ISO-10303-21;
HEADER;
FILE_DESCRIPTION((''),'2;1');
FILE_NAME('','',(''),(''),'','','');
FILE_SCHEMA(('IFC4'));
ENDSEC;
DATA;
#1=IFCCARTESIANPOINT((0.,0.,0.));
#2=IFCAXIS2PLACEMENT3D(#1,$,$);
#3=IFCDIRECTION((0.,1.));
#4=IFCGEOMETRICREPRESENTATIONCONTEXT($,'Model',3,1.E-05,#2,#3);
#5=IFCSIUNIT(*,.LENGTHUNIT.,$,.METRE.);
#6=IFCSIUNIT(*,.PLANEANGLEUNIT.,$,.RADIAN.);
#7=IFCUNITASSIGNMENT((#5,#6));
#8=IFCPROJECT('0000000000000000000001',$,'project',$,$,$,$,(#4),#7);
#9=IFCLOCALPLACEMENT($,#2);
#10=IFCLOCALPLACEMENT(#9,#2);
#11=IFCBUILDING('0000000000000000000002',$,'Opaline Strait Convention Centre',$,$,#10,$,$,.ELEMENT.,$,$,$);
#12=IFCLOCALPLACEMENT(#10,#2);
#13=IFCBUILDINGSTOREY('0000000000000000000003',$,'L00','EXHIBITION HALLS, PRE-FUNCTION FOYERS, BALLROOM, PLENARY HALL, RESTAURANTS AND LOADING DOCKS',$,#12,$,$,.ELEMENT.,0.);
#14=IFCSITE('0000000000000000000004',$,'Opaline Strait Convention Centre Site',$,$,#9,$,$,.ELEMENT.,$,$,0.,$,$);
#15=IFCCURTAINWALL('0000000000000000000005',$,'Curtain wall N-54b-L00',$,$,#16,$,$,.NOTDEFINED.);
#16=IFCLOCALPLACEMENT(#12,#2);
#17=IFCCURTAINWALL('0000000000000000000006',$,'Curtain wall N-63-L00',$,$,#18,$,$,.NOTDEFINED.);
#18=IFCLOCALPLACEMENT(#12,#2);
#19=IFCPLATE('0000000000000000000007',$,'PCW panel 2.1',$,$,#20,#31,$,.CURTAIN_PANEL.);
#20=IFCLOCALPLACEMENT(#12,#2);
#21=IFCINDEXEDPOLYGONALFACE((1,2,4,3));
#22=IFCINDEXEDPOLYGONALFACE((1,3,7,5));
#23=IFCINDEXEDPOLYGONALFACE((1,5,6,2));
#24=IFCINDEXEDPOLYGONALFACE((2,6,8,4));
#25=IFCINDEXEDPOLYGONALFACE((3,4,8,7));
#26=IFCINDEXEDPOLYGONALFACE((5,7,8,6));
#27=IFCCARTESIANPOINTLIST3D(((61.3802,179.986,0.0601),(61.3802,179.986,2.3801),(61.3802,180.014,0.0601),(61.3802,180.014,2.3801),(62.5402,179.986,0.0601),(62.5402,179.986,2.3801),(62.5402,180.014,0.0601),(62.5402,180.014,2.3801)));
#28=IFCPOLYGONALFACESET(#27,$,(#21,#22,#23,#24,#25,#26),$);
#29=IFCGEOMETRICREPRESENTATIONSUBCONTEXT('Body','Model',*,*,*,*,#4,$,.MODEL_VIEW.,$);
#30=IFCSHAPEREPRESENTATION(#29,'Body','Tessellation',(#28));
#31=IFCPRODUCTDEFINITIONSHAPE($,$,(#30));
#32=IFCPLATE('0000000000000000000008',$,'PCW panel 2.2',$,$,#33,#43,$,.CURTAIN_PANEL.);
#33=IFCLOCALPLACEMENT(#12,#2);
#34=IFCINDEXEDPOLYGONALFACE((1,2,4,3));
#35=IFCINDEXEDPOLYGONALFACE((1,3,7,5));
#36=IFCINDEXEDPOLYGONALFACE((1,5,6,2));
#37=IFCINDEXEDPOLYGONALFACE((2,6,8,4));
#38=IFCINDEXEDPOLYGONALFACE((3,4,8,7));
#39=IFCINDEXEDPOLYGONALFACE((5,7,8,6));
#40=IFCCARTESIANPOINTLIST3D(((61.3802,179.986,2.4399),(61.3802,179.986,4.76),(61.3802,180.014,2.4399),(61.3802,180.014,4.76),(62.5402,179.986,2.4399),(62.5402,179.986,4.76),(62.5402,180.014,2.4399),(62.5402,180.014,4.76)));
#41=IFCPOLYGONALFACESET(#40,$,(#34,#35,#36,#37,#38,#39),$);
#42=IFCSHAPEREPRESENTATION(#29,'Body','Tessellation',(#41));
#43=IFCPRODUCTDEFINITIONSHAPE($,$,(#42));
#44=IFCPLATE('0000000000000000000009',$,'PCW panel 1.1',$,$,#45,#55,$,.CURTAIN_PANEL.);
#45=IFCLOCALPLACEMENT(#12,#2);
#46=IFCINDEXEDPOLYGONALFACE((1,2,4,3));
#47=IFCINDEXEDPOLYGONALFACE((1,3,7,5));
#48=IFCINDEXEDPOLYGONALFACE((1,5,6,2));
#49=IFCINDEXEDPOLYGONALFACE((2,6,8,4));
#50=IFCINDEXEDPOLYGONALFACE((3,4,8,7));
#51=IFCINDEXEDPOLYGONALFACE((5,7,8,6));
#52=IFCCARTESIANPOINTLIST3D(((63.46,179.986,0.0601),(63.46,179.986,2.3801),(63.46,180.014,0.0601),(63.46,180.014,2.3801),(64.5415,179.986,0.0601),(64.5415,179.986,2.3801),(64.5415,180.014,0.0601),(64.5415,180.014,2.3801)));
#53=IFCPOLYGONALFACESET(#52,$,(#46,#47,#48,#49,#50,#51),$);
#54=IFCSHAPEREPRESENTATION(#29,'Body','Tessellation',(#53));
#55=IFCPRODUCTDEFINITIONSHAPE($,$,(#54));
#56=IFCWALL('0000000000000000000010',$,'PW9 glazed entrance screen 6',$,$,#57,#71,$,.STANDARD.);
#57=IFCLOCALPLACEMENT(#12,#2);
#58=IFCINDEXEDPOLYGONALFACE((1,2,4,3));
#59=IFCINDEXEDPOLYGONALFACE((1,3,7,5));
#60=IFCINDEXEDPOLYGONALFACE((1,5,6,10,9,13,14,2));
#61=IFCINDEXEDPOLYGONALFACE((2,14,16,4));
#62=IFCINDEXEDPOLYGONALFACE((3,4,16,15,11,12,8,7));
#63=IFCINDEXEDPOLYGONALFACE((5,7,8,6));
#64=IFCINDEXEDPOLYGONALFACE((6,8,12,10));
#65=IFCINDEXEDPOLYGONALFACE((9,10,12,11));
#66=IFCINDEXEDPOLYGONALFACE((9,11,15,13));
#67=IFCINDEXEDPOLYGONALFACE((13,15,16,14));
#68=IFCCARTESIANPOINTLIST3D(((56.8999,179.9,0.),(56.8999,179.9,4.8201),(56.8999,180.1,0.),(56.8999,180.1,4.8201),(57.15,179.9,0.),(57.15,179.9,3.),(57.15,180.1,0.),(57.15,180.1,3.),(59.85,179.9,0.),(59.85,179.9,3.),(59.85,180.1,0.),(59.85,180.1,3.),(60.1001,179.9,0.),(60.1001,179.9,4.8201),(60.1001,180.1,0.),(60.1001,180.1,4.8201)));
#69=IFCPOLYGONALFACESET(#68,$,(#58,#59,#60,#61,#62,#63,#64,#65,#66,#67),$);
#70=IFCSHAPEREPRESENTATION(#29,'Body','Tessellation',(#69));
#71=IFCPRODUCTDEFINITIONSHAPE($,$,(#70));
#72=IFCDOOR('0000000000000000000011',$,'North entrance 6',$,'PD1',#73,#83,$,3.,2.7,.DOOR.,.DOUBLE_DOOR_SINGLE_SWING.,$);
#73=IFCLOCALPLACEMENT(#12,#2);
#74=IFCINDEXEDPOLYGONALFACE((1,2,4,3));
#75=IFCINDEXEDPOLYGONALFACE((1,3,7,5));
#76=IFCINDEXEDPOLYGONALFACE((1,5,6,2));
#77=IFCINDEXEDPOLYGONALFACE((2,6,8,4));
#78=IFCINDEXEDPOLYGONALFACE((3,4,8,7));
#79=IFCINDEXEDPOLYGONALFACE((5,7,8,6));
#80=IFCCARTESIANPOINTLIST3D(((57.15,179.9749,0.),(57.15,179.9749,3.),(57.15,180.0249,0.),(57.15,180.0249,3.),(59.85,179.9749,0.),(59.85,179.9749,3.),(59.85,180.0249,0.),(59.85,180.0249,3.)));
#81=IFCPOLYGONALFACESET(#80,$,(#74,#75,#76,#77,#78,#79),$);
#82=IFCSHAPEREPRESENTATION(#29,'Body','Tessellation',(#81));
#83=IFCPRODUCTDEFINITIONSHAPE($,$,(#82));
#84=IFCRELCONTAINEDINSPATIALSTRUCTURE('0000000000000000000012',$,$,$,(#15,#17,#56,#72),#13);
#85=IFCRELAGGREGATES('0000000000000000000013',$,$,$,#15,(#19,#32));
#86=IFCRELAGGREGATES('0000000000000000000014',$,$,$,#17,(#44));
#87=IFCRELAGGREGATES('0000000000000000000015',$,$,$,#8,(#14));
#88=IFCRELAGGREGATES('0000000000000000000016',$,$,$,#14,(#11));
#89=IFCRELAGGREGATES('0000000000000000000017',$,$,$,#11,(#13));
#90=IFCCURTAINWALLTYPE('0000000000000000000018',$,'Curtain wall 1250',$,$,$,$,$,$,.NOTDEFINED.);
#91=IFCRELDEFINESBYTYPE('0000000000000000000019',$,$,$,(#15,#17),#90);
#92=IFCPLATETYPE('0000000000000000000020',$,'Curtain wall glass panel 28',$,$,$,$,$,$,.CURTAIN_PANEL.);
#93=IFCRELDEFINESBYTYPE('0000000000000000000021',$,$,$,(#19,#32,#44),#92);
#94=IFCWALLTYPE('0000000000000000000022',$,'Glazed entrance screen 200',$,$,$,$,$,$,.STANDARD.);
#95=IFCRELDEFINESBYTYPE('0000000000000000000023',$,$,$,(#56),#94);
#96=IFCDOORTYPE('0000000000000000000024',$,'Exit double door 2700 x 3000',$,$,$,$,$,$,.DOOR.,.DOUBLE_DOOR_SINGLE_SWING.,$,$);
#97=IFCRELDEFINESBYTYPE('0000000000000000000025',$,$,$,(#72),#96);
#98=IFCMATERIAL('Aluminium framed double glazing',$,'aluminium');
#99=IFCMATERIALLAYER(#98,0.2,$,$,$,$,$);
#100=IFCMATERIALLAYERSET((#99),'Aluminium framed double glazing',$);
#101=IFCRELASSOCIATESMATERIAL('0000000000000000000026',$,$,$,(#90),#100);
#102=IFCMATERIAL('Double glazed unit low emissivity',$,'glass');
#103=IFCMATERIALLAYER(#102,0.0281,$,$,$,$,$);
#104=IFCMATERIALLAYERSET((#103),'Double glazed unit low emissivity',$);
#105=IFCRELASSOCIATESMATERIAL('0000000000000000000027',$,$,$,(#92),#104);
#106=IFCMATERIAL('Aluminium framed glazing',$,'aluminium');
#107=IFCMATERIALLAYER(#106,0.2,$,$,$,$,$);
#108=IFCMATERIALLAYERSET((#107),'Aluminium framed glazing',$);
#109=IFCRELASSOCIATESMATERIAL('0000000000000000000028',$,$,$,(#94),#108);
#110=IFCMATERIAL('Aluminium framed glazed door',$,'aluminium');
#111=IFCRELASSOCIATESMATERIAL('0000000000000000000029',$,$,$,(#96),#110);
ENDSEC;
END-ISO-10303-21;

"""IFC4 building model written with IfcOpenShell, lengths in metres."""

from ifc_helpers import new_model, si_unit, direction, frame, frame_2d, origin, origin_2d, place, context, subcontext, project, spatial, rectangle, extrude, material, layer, layer_set, type_object, element, fill, aggregate, save


model = new_model("IFC4")

# Units and contexts
model_context = context("Model", 3, precision=1e-05, world=origin(), true_north=direction((0.0, 1.0)))
body_context = subcontext(model_context, "Body", "Model", "MODEL_VIEW")
ifc_project = project(units=[si_unit("LENGTHUNIT", "METRE"), si_unit("PLANEANGLEUNIT", "RADIAN")], contexts=[model_context])

# Site, building, storey
site_placement = place(None, origin())
site = spatial("IfcSite", under=ifc_project, at=site_placement, Name="Opaline Strait Convention Centre Site", CompositionType="ELEMENT", RefElevation=0.0)
building_placement = place(site_placement, origin())
building = spatial("IfcBuilding", under=site, at=building_placement, Name="Opaline Strait Convention Centre", CompositionType="ELEMENT")
storey_placement = place(building_placement, origin())
storey = spatial("IfcBuildingStorey", under=building, at=storey_placement, Name="L00", Description="EXHIBITION HALLS, PRE-FUNCTION FOYERS, BALLROOM, PLENARY HALL, RESTAURANTS AND LOADING DOCKS", CompositionType="ELEMENT", Elevation=0.0)

# Shared definitions
ifc_material_1 = material(Name="Aluminium framed double glazing", Category="aluminium")
ifc_layer_1 = layer(ifc_material_1, 0.2)
ifc_layer_set_1 = layer_set([ifc_layer_1], Name="Aluminium framed double glazing")
curtain_wall_type = type_object("IfcCurtainWallType", Name="Curtain wall 1250", PredefinedType="NOTDEFINED", material=ifc_layer_set_1)

# Curtain wall
curtain_wall_1_placement = place(storey_placement, origin())
curtain_wall_1 = element("IfcCurtainWall", 1, at=curtain_wall_1_placement, inside=storey, type_object=curtain_wall_type, Name="Curtain wall N-54b-L00", PredefinedType="NOTDEFINED")

# Curtain wall
curtain_wall_2_placement = place(storey_placement, origin())
curtain_wall_2 = element("IfcCurtainWall", 2, at=curtain_wall_2_placement, inside=storey, type_object=curtain_wall_type, Name="Curtain wall N-63-L00", PredefinedType="NOTDEFINED")

# Plates
ifc_material_2 = material(Name="Double glazed unit low emissivity", Category="glass")
ifc_layer_2 = layer(ifc_material_2, 0.0281)
ifc_layer_set_2 = layer_set([ifc_layer_2], Name="Double glazed unit low emissivity")
plate_type = type_object("IfcPlateType", Name="Curtain wall glass panel 28", PredefinedType="CURTAIN_PANEL", material=ifc_layer_set_2)
plate_1_placement = place(storey_placement, frame((61.9602, 180.0, 0.0601), z_axis=(0.0, 0.0, 1.0), x_axis=(1.0, 0.0, 0.0)))
plate_1 = element("IfcPlate", 3, at=plate_1_placement, type_object=plate_type, Name="PCW panel 2.1", PredefinedType="CURTAIN_PANEL", context=body_context, shape_type="SweptSolid", body=[
    extrude(rectangle(XDim=1.1599, YDim=0.0281, at=origin_2d()), origin(), (0.0, 0.0, 1.0), 2.3201),
])
plate_2_placement = place(storey_placement, frame((61.9602, 180.0, 2.4399), z_axis=(0.0, 0.0, 1.0), x_axis=(1.0, 0.0, 0.0)))
plate_2 = element("IfcPlate", 4, at=plate_2_placement, type_object=plate_type, Name="PCW panel 2.2", PredefinedType="CURTAIN_PANEL", context=body_context, shape_type="SweptSolid", body=[
    extrude(rectangle(XDim=1.1599, YDim=0.0281, at=origin_2d()), origin(), (0.0, 0.0, 1.0), 2.3201),
])
aggregate(curtain_wall_1, [plate_1, plate_2])
plate_3_placement = place(storey_placement, frame((64.0007, 180.0, 0.0601), z_axis=(0.0, 0.0, 1.0), x_axis=(1.0, 0.0, 0.0)))
plate_3 = element("IfcPlate", 5, at=plate_3_placement, type_object=plate_type, Name="PCW panel 1.1", PredefinedType="CURTAIN_PANEL", context=body_context, shape_type="SweptSolid", body=[
    extrude(rectangle(XDim=1.0815, YDim=0.0281, at=origin_2d()), origin(), (0.0, 0.0, 1.0), 2.3201),
])
aggregate(curtain_wall_2, [plate_3])

# Wall, opening, door
ifc_material_3 = material(Name="Aluminium framed glazing", Category="aluminium")
ifc_layer_3 = layer(ifc_material_3, 0.2)
ifc_layer_set_3 = layer_set([ifc_layer_3], Name="Aluminium framed glazing")
wall_type = type_object("IfcWallType", Name="Glazed entrance screen 200", PredefinedType="STANDARD", material=ifc_layer_set_3)
wall_placement = place(storey_placement, frame((56.8999, 180.0, 0.0), z_axis=(0.0, 0.0, 1.0), x_axis=(1.0, 0.0, 0.0)))
wall = element("IfcWall", 6, at=wall_placement, inside=storey, type_object=wall_type, Name="PW9 glazed entrance screen 6", PredefinedType="STANDARD", context=body_context, shape_type="SweptSolid", body=[
    extrude(rectangle(XDim=3.2002, YDim=0.2, at=frame_2d((1.6001, 0.0))), origin(), (0.0, 0.0, 1.0), 4.8201),
])
opening_placement = place(wall_placement, frame((0.25, 0.0, 0.0)))
opening = element("IfcOpeningElement", 7, at=opening_placement, cuts=wall, PredefinedType="OPENING", context=body_context, shape_type="SweptSolid", body=[
    extrude(rectangle(XDim=2.7, YDim=3.0, at=frame_2d((1.3501, 1.5))), frame((0.0, 0.1099, 0.0), z_axis=(0.0, -1.0, 0.0), x_axis=(1.0, 0.0, 0.0)), (0.0, 0.0, 1.0), 0.22),
])
ifc_material_4 = material(Name="Aluminium framed glazed door", Category="aluminium")
door_type = type_object("IfcDoorType", Name="Exit double door 2700 x 3000", OperationType="DOUBLE_DOOR_SINGLE_SWING", PredefinedType="DOOR", material=ifc_material_4)
door_placement = place(opening_placement, origin())
door = element("IfcDoor", 8, at=door_placement, inside=storey, type_object=door_type, Name="North entrance 6", ObjectType="PD1", OperationType="DOUBLE_DOOR_SINGLE_SWING", OverallHeight=3.0, OverallWidth=2.7, PredefinedType="DOOR", context=body_context, shape_type="SweptSolid", body=[
    extrude(rectangle(XDim=2.7, YDim=3.0, at=frame_2d((1.3501, 1.5))), frame((0.0, 0.0249, 0.0), z_axis=(0.0, -1.0, 0.0), x_axis=(1.0, 0.0, 0.0)), (0.0, 0.0, 1.0), 0.05),
])
fill(opening, door)

save(model, "model.ifc")
